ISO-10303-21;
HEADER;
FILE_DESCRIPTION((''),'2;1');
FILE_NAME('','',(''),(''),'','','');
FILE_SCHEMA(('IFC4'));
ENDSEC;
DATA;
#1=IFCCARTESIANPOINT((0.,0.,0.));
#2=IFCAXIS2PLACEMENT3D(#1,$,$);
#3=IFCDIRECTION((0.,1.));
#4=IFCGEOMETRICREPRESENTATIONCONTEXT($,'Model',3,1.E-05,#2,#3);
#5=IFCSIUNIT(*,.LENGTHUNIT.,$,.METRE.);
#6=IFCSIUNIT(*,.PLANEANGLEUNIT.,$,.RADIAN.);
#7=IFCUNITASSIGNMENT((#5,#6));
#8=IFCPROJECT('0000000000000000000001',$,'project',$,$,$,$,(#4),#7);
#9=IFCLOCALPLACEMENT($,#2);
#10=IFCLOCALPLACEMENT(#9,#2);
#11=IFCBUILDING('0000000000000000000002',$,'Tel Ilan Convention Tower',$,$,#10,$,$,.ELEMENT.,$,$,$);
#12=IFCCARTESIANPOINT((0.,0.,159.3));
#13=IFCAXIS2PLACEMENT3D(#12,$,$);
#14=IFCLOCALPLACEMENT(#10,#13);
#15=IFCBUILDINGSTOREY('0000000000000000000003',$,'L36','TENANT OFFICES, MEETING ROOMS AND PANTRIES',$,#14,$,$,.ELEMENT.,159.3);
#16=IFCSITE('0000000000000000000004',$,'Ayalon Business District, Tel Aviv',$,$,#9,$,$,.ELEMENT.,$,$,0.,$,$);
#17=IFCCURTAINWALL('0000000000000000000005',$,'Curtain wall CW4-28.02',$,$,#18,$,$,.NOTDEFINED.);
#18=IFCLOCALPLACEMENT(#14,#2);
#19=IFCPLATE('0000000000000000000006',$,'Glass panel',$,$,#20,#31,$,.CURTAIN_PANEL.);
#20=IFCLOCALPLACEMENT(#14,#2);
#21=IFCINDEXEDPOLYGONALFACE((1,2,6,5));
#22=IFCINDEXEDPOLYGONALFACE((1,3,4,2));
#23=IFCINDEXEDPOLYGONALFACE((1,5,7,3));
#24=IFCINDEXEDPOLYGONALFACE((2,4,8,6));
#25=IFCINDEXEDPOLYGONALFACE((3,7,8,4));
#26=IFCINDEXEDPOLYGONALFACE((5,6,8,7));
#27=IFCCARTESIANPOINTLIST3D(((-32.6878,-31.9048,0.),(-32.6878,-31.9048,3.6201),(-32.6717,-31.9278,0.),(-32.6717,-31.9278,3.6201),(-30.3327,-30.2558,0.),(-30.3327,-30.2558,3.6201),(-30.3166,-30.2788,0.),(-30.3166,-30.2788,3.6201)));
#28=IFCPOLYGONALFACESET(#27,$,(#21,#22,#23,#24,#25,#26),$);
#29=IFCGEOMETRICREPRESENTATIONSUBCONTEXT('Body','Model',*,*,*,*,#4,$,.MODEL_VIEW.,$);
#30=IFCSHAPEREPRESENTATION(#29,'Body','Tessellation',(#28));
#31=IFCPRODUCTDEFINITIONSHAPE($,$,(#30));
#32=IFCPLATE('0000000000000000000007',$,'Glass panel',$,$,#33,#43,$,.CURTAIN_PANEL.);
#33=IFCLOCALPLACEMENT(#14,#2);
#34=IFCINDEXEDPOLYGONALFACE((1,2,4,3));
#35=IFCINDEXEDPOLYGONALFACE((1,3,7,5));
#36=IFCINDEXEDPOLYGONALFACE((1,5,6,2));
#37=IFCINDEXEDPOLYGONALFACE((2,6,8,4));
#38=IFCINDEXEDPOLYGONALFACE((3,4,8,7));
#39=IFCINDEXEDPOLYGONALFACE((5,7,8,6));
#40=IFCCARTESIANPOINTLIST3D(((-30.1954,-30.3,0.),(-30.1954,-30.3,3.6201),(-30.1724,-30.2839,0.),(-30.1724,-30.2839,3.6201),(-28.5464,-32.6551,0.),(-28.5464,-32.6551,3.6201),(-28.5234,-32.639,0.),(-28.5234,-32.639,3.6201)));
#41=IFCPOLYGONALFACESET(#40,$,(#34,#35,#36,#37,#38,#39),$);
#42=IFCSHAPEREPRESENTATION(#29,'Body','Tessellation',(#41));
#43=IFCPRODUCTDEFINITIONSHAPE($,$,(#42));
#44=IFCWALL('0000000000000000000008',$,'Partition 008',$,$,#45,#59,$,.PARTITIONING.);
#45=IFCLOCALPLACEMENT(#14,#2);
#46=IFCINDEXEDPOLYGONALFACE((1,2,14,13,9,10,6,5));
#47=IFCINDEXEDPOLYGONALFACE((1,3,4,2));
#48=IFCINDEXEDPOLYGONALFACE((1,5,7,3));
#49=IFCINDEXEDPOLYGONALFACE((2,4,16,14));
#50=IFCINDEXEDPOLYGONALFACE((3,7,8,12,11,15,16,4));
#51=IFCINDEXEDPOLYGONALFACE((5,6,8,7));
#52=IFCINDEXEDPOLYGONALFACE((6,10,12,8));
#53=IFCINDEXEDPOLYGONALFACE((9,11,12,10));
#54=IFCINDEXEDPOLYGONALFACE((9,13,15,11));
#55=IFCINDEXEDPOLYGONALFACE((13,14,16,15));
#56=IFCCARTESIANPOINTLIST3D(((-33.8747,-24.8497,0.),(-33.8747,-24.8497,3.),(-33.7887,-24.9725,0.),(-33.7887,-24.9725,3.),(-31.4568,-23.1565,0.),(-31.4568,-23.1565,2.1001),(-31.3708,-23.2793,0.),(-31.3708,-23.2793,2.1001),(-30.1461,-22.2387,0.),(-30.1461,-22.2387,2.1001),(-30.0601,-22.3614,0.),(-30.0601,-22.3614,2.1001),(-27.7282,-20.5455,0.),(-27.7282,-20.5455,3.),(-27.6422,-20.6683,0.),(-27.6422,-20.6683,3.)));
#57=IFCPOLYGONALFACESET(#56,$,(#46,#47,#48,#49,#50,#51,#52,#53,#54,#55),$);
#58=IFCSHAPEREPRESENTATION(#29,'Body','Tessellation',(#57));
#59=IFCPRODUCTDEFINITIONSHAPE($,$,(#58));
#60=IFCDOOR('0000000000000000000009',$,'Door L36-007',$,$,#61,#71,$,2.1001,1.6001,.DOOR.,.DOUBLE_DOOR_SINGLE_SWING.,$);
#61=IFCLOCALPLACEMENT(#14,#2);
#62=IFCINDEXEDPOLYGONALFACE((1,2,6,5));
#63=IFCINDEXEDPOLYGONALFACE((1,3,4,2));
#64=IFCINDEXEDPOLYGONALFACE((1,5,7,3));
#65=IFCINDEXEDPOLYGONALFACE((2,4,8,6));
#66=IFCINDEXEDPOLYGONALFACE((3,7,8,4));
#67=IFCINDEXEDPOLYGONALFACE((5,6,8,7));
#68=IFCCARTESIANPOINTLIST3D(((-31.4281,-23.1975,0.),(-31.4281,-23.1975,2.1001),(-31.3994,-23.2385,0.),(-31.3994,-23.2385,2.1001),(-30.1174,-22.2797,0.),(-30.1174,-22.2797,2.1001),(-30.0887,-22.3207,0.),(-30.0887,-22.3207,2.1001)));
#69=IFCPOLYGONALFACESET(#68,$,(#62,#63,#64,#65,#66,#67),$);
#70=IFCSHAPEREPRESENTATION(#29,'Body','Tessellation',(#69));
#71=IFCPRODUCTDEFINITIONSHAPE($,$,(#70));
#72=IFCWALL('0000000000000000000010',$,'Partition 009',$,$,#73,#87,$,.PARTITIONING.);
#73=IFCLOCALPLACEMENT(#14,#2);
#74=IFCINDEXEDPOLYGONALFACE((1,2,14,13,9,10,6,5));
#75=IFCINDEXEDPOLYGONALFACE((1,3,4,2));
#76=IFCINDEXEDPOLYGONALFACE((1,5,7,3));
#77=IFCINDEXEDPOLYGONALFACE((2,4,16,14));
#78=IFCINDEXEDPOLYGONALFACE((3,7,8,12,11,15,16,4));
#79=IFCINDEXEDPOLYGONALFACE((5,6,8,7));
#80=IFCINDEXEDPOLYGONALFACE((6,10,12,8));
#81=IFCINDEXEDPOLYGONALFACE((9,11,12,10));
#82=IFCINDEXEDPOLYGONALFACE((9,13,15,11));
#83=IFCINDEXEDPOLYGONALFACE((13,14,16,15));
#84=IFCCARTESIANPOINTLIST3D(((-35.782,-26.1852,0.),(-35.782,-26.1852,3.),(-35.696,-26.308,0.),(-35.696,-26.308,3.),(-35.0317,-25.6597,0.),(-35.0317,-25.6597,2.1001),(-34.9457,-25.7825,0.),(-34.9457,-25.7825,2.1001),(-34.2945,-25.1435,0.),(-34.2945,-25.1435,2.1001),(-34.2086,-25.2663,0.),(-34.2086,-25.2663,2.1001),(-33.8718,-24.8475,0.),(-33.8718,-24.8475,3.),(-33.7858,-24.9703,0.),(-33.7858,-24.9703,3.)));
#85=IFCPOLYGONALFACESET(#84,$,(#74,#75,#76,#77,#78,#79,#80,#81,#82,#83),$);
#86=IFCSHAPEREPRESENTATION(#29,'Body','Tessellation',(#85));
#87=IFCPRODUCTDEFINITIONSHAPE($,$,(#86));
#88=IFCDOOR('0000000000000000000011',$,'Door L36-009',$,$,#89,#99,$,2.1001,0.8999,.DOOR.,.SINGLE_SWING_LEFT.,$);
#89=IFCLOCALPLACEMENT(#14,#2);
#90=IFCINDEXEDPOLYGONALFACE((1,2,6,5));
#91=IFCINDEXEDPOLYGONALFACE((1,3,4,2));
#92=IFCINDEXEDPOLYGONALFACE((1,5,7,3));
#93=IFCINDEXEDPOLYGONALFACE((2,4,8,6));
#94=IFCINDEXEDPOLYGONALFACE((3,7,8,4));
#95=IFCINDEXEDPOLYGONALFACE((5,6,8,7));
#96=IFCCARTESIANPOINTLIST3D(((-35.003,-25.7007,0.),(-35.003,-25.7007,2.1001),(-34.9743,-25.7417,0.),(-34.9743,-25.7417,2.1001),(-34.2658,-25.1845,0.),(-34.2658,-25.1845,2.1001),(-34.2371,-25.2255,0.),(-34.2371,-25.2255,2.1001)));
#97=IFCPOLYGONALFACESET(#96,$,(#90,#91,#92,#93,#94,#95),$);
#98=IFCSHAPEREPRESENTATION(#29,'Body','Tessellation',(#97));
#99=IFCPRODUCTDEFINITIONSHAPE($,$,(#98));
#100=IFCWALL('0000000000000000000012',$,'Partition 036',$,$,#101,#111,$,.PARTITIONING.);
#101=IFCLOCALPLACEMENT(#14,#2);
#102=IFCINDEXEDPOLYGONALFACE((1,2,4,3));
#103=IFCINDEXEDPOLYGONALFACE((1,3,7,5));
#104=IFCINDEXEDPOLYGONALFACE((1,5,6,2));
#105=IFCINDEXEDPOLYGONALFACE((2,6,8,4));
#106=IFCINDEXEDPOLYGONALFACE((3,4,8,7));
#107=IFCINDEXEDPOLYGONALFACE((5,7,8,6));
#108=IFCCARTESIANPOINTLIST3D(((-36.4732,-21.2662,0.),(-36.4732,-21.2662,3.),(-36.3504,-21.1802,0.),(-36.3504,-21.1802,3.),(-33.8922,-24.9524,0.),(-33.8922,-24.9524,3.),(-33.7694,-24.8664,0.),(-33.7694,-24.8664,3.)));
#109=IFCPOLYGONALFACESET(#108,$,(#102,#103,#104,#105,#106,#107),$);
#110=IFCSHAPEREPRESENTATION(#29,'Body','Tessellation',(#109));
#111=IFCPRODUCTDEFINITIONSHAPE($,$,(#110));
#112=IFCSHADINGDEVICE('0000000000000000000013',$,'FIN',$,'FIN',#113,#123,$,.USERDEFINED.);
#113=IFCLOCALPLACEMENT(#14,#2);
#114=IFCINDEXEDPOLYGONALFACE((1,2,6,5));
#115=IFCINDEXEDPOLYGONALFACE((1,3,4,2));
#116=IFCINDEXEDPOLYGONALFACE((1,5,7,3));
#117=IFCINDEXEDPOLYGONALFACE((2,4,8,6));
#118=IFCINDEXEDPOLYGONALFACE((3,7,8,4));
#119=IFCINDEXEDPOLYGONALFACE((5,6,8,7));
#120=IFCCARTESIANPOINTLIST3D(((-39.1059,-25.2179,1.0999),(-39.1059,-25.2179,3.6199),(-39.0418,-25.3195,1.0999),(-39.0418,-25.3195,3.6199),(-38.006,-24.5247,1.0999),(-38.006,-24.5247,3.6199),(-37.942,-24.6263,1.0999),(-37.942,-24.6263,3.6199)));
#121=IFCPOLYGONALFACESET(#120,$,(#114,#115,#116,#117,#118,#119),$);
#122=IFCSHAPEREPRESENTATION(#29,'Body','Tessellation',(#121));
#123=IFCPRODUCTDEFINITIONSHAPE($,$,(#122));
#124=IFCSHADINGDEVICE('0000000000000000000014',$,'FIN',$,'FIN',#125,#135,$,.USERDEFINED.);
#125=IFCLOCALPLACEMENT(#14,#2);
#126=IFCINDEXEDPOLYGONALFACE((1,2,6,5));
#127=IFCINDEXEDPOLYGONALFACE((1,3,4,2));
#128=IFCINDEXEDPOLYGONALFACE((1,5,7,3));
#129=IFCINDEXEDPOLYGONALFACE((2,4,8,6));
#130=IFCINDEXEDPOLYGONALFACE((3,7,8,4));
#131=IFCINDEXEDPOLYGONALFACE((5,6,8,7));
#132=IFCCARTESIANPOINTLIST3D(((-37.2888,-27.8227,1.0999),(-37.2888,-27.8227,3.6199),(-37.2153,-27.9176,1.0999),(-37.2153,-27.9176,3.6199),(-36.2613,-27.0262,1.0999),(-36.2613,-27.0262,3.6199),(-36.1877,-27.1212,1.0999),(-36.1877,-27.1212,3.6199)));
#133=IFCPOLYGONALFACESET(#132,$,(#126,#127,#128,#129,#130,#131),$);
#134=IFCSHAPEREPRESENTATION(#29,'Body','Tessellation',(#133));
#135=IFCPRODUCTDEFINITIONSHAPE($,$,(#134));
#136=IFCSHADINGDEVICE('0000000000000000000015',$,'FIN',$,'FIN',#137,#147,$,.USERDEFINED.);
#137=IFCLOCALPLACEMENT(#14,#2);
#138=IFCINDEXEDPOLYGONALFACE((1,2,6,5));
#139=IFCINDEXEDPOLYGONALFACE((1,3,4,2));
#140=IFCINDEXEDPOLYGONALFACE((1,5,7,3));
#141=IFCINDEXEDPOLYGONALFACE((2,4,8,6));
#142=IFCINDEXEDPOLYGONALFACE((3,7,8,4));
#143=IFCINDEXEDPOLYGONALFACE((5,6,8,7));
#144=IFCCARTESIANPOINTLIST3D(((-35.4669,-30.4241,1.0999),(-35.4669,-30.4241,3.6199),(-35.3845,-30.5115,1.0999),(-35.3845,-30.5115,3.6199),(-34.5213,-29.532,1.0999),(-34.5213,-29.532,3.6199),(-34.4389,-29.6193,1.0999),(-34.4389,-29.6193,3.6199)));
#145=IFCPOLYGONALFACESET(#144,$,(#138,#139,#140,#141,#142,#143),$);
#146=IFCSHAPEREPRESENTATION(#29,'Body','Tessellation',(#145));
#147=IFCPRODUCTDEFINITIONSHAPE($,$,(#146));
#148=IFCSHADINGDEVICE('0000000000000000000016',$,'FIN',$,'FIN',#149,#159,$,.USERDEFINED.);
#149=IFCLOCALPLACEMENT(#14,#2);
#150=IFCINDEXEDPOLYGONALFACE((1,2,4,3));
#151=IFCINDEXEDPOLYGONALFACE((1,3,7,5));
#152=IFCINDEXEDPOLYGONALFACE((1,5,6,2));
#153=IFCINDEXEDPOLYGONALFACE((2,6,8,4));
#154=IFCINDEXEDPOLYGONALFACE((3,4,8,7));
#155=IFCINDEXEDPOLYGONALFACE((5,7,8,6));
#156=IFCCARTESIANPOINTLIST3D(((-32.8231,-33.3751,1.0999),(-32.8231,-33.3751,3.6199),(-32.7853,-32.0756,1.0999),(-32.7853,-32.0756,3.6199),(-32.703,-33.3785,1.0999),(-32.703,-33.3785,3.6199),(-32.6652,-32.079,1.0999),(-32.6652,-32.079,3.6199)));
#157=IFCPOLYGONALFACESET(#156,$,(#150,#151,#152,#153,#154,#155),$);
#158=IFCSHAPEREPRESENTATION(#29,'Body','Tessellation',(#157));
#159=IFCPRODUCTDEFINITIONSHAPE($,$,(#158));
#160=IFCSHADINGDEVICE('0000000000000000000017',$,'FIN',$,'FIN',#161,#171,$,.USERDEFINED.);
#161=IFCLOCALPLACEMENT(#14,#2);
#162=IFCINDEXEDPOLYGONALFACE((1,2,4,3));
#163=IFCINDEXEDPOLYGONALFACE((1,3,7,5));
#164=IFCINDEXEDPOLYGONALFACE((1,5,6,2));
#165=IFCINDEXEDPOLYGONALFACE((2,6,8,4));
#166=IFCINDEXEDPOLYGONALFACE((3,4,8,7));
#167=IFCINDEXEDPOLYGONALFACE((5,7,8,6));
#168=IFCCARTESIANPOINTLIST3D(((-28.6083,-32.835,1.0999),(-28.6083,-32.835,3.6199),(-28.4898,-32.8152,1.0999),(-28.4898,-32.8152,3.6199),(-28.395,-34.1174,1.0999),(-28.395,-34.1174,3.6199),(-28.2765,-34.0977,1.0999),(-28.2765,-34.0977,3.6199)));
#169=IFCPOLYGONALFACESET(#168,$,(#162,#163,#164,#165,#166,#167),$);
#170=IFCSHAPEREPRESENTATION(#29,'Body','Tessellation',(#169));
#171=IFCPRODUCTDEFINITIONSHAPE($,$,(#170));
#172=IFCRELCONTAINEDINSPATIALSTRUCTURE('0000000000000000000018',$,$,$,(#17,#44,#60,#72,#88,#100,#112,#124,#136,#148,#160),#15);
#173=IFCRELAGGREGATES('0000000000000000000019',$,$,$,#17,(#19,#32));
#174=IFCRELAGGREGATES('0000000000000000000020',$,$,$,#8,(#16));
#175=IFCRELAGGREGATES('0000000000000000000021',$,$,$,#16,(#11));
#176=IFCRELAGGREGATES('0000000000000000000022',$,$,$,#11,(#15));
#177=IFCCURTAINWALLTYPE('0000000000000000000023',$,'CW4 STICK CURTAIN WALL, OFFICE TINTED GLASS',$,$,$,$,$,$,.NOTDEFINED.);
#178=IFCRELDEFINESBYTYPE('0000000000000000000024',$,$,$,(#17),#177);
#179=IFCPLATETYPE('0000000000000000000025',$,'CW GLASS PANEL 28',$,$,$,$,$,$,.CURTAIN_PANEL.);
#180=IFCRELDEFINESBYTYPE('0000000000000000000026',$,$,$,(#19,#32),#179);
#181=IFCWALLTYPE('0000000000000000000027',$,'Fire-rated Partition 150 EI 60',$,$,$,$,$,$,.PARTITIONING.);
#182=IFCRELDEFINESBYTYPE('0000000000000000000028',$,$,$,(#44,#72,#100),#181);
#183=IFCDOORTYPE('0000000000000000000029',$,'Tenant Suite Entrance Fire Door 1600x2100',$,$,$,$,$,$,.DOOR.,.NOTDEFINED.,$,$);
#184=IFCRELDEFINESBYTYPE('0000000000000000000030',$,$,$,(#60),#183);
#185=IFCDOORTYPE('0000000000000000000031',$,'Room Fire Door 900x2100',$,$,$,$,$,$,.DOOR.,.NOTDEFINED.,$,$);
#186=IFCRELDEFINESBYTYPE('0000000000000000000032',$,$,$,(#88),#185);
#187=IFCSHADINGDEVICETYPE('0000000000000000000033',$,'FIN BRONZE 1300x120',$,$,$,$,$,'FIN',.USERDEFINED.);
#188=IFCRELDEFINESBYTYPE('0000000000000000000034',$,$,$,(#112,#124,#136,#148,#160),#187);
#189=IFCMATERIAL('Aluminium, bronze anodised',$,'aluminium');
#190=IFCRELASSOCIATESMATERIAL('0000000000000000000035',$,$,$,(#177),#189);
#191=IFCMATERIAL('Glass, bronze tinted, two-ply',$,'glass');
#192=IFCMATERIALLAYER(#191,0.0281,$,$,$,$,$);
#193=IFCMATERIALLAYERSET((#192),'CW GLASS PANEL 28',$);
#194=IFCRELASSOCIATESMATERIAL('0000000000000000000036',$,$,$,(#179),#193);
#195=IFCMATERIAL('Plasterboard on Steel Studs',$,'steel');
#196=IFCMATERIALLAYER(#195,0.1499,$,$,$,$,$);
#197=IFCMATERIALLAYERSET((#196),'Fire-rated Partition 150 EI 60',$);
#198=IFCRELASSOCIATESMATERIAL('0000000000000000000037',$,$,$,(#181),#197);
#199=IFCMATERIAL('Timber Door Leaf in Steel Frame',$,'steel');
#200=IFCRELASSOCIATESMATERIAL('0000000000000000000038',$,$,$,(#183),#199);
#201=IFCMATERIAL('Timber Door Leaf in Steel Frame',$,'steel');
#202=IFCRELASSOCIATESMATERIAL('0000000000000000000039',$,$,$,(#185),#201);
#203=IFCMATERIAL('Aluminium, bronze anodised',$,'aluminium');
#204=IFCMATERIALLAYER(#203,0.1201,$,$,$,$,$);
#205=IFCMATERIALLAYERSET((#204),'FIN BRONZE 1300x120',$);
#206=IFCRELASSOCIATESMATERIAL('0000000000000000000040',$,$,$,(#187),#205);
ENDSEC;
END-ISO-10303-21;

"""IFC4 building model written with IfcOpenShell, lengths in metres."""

from ifc_helpers import new_model, si_unit, direction, frame, frame_2d, origin, origin_2d, place, context, subcontext, project, spatial, rectangle, extrude, material, layer, layer_set, type_object, element, fill, aggregate, save


model = new_model("IFC4")

# Units and contexts
model_context = context("Model", 3, precision=1e-05, world=origin(), true_north=direction((0.0, 1.0)))
body_context = subcontext(model_context, "Body", "Model", "MODEL_VIEW")
ifc_project = project(units=[si_unit("LENGTHUNIT", "METRE"), si_unit("PLANEANGLEUNIT", "RADIAN")], contexts=[model_context])

# Site, building, storey
site_placement = place(None, origin())
site = spatial("IfcSite", under=ifc_project, at=site_placement, Name="Ayalon Business District, Tel Aviv", CompositionType="ELEMENT", RefElevation=0.0)
building_placement = place(site_placement, origin())
building = spatial("IfcBuilding", under=site, at=building_placement, Name="Tel Ilan Convention Tower", CompositionType="ELEMENT")
storey_placement = place(building_placement, frame((0.0, 0.0, 159.3)))
storey = spatial("IfcBuildingStorey", under=building, at=storey_placement, Name="L36", Description="TENANT OFFICES, MEETING ROOMS AND PANTRIES", CompositionType="ELEMENT", Elevation=159.3)

# Curtain wall, plates
ifc_material_1 = material(Name="Aluminium, bronze anodised", Category="aluminium")
curtain_wall_type = type_object("IfcCurtainWallType", Name="CW4 STICK CURTAIN WALL, OFFICE TINTED GLASS", PredefinedType="NOTDEFINED", material=ifc_material_1)
curtain_wall_placement = place(storey_placement, origin())
curtain_wall = element("IfcCurtainWall", 1, at=curtain_wall_placement, inside=storey, type_object=curtain_wall_type, Name="Curtain wall CW4-28.02", PredefinedType="NOTDEFINED")
ifc_material_2 = material(Name="Glass, bronze tinted, two-ply", Category="glass")
ifc_layer_1 = layer(ifc_material_2, 0.0281)
ifc_layer_set_1 = layer_set([ifc_layer_1], Name="CW GLASS PANEL 28")
plate_type = type_object("IfcPlateType", Name="CW GLASS PANEL 28", PredefinedType="CURTAIN_PANEL", material=ifc_layer_set_1)
plate_1_placement = place(storey_placement, frame((-31.5022, -31.0918, 0.0), z_axis=(0.0, 0.0, 1.0), x_axis=(0.819152, 0.573576, 0.0)))
plate_1 = element("IfcPlate", 2, at=plate_1_placement, type_object=plate_type, Name="Glass panel", PredefinedType="CURTAIN_PANEL", context=body_context, shape_type="SweptSolid", body=[
    extrude(rectangle(XDim=2.875, YDim=0.0281, at=origin_2d()), origin(), (0.0, 0.0, 1.0), 3.6201),
])
plate_2_placement = place(storey_placement, frame((-29.3594, -31.4695, 0.0), z_axis=(0.0, 0.0, 1.0), x_axis=(0.573576, -0.819152, 0.0)))
plate_2 = element("IfcPlate", 3, at=plate_2_placement, type_object=plate_type, Name="Glass panel", PredefinedType="CURTAIN_PANEL", context=body_context, shape_type="SweptSolid", body=[
    extrude(rectangle(XDim=2.875, YDim=0.0281, at=origin_2d()), origin(), (0.0, 0.0, 1.0), 3.6201),
])
aggregate(curtain_wall, [plate_1, plate_2])

# Walls, openings, doors
ifc_material_3 = material(Name="Plasterboard on Steel Studs", Category="steel")
ifc_layer_2 = layer(ifc_material_3, 0.1499)
ifc_layer_set_2 = layer_set([ifc_layer_2], Name="Fire-rated Partition 150 EI 60")
wall_type = type_object("IfcWallType", Name="Fire-rated Partition 150 EI 60", PredefinedType="PARTITIONING", material=ifc_layer_set_2)
wall_1_placement = place(storey_placement, frame((-33.8318, -24.9111, 0.0), z_axis=(0.0, 0.0, 1.0), x_axis=(0.819128, 0.573611, 0.0)))
wall_1 = element("IfcWall", 4, at=wall_1_placement, inside=storey, type_object=wall_type, Name="Partition 008", PredefinedType="PARTITIONING", context=body_context, shape_type="SweptSolid", body=[
    extrude(rectangle(XDim=7.5037, YDim=0.1499, at=frame_2d((3.752, 0.0))), origin(), (0.0, 0.0, 1.0), 3.0),
])
opening_1_placement = place(wall_1_placement, frame((2.9519, 0.0, 0.0)))
opening_1 = element("IfcOpeningElement", 5, at=opening_1_placement, cuts=wall_1, PredefinedType="OPENING", context=body_context, shape_type="SweptSolid", body=[
    extrude(rectangle(XDim=1.6001, YDim=2.1001, at=frame_2d((0.8, 1.05))), frame((0.0, 0.085, 0.0), z_axis=(0.0, -1.0, 0.0), x_axis=(1.0, 0.0, 0.0)), (0.0, 0.0, 1.0), 0.1699),
])
ifc_material_4 = material(Name="Timber Door Leaf in Steel Frame", Category="steel")
door_type_1 = type_object("IfcDoorType", Name="Tenant Suite Entrance Fire Door 1600x2100", OperationType="NOTDEFINED", PredefinedType="DOOR", material=ifc_material_4)
door_1_placement = place(opening_1_placement, origin())
door_1 = element("IfcDoor", 6, at=door_1_placement, inside=storey, type_object=door_type_1, Name="Door L36-007", OperationType="DOUBLE_DOOR_SINGLE_SWING", OverallHeight=2.1001, OverallWidth=1.6001, PredefinedType="DOOR", context=body_context, shape_type="SweptSolid", body=[
    extrude(rectangle(XDim=1.6001, YDim=2.1001, at=frame_2d((0.8, 1.05))), frame((0.0, 0.0249, 0.0), z_axis=(0.0, -1.0, 0.0), x_axis=(1.0, 0.0, 0.0)), (0.0, 0.0, 1.0), 0.05),
])
fill(opening_1, door_1)
wall_2_placement = place(storey_placement, frame((-35.739, -26.2466, 0.0), z_axis=(0.0, 0.0, 1.0), x_axis=(0.819124, 0.573617, 0.0)))
wall_2 = element("IfcWall", 7, at=wall_2_placement, inside=storey, type_object=wall_type, Name="Partition 009", PredefinedType="PARTITIONING", context=body_context, shape_type="SweptSolid", body=[
    extrude(rectangle(XDim=2.332, YDim=0.1499, at=frame_2d((1.166, 0.0))), origin(), (0.0, 0.0, 1.0), 3.0),
])
opening_2_placement = place(wall_2_placement, frame((0.916, 0.0, 0.0)))
opening_2 = element("IfcOpeningElement", 8, at=opening_2_placement, cuts=wall_2, PredefinedType="OPENING", context=body_context, shape_type="SweptSolid", body=[
    extrude(rectangle(XDim=0.8999, YDim=2.1001, at=frame_2d((0.45, 1.05))), frame((0.0, 0.085, 0.0), z_axis=(0.0, -1.0, 0.0), x_axis=(1.0, 0.0, 0.0)), (0.0, 0.0, 1.0), 0.1699),
])
ifc_material_5 = material(Name="Timber Door Leaf in Steel Frame", Category="steel")
door_type_2 = type_object("IfcDoorType", Name="Room Fire Door 900x2100", OperationType="NOTDEFINED", PredefinedType="DOOR", material=ifc_material_5)
door_2_placement = place(opening_2_placement, origin())
door_2 = element("IfcDoor", 9, at=door_2_placement, inside=storey, type_object=door_type_2, Name="Door L36-009", OperationType="SINGLE_SWING_LEFT", OverallHeight=2.1001, OverallWidth=0.8999, PredefinedType="DOOR", context=body_context, shape_type="SweptSolid", body=[
    extrude(rectangle(XDim=0.8999, YDim=2.1001, at=frame_2d((0.45, 1.05))), frame((0.0, 0.0249, 0.0), z_axis=(0.0, -1.0, 0.0), x_axis=(1.0, 0.0, 0.0)), (0.0, 0.0, 1.0), 0.05),
])
fill(opening_2, door_2)

# Wall
wall_3_placement = place(storey_placement, frame((-33.8308, -24.9094, 0.0), z_axis=(0.0, 0.0, 1.0), x_axis=(-0.573561, 0.819163, 0.0)))
element("IfcWall", 10, at=wall_3_placement, inside=storey, type_object=wall_type, Name="Partition 036", PredefinedType="PARTITIONING", context=body_context, shape_type="SweptSolid", body=[
    extrude(rectangle(XDim=4.5, YDim=0.1499, at=frame_2d((2.25, 0.0))), origin(), (0.0, 0.0, 1.0), 3.0),
])

# Shading devices
ifc_material_6 = material(Name="Aluminium, bronze anodised", Category="aluminium")
ifc_layer_3 = layer(ifc_material_6, 0.1201)
ifc_layer_set_3 = layer_set([ifc_layer_3], Name="FIN BRONZE 1300x120")
shading_device_type = type_object("IfcShadingDeviceType", Name="FIN BRONZE 1300x120", ElementType="FIN", PredefinedType="USERDEFINED", material=ifc_layer_set_3)
for number, where, z_axis, x_axis, name in (
    (11, (-38.5239, -24.9221, 1.0999), (0.0, 0.0, 1.0), (-0.845986, -0.533204, 0.0), "FIN"),
    (12, (-36.7383, -27.4719, 1.0999), (0.0, 0.0, 1.0), (-0.790393, -0.612601, 0.0), "FIN"),
    (13, (-34.9529, -30.0217, 1.0999), (0.0, 0.0, 1.0), (-0.727374, -0.686242, 0.0), "FIN"),
    (14, (-32.7441, -32.7271, 1.0999), (0.0, 0.0, 1.0), (-0.029085, -0.999577, 0.0), "FIN"),
    (15, (-28.4424, -33.4663, 1.0999), (0.0, 0.0, 1.0), (0.164091, -0.986445, 0.0), "FIN"),
):
    element("IfcShadingDevice", number, at=place(storey_placement, frame(where, z_axis=z_axis, x_axis=x_axis)), inside=storey, type_object=shading_device_type, Name=name, ObjectType="FIN", PredefinedType="USERDEFINED", context=body_context, shape_type="SweptSolid", body=[
        extrude(rectangle(XDim=1.3, YDim=0.1201, at=origin_2d()), origin(), (0.0, 0.0, 1.0), 2.52),
    ])

save(model, "model.ifc")
